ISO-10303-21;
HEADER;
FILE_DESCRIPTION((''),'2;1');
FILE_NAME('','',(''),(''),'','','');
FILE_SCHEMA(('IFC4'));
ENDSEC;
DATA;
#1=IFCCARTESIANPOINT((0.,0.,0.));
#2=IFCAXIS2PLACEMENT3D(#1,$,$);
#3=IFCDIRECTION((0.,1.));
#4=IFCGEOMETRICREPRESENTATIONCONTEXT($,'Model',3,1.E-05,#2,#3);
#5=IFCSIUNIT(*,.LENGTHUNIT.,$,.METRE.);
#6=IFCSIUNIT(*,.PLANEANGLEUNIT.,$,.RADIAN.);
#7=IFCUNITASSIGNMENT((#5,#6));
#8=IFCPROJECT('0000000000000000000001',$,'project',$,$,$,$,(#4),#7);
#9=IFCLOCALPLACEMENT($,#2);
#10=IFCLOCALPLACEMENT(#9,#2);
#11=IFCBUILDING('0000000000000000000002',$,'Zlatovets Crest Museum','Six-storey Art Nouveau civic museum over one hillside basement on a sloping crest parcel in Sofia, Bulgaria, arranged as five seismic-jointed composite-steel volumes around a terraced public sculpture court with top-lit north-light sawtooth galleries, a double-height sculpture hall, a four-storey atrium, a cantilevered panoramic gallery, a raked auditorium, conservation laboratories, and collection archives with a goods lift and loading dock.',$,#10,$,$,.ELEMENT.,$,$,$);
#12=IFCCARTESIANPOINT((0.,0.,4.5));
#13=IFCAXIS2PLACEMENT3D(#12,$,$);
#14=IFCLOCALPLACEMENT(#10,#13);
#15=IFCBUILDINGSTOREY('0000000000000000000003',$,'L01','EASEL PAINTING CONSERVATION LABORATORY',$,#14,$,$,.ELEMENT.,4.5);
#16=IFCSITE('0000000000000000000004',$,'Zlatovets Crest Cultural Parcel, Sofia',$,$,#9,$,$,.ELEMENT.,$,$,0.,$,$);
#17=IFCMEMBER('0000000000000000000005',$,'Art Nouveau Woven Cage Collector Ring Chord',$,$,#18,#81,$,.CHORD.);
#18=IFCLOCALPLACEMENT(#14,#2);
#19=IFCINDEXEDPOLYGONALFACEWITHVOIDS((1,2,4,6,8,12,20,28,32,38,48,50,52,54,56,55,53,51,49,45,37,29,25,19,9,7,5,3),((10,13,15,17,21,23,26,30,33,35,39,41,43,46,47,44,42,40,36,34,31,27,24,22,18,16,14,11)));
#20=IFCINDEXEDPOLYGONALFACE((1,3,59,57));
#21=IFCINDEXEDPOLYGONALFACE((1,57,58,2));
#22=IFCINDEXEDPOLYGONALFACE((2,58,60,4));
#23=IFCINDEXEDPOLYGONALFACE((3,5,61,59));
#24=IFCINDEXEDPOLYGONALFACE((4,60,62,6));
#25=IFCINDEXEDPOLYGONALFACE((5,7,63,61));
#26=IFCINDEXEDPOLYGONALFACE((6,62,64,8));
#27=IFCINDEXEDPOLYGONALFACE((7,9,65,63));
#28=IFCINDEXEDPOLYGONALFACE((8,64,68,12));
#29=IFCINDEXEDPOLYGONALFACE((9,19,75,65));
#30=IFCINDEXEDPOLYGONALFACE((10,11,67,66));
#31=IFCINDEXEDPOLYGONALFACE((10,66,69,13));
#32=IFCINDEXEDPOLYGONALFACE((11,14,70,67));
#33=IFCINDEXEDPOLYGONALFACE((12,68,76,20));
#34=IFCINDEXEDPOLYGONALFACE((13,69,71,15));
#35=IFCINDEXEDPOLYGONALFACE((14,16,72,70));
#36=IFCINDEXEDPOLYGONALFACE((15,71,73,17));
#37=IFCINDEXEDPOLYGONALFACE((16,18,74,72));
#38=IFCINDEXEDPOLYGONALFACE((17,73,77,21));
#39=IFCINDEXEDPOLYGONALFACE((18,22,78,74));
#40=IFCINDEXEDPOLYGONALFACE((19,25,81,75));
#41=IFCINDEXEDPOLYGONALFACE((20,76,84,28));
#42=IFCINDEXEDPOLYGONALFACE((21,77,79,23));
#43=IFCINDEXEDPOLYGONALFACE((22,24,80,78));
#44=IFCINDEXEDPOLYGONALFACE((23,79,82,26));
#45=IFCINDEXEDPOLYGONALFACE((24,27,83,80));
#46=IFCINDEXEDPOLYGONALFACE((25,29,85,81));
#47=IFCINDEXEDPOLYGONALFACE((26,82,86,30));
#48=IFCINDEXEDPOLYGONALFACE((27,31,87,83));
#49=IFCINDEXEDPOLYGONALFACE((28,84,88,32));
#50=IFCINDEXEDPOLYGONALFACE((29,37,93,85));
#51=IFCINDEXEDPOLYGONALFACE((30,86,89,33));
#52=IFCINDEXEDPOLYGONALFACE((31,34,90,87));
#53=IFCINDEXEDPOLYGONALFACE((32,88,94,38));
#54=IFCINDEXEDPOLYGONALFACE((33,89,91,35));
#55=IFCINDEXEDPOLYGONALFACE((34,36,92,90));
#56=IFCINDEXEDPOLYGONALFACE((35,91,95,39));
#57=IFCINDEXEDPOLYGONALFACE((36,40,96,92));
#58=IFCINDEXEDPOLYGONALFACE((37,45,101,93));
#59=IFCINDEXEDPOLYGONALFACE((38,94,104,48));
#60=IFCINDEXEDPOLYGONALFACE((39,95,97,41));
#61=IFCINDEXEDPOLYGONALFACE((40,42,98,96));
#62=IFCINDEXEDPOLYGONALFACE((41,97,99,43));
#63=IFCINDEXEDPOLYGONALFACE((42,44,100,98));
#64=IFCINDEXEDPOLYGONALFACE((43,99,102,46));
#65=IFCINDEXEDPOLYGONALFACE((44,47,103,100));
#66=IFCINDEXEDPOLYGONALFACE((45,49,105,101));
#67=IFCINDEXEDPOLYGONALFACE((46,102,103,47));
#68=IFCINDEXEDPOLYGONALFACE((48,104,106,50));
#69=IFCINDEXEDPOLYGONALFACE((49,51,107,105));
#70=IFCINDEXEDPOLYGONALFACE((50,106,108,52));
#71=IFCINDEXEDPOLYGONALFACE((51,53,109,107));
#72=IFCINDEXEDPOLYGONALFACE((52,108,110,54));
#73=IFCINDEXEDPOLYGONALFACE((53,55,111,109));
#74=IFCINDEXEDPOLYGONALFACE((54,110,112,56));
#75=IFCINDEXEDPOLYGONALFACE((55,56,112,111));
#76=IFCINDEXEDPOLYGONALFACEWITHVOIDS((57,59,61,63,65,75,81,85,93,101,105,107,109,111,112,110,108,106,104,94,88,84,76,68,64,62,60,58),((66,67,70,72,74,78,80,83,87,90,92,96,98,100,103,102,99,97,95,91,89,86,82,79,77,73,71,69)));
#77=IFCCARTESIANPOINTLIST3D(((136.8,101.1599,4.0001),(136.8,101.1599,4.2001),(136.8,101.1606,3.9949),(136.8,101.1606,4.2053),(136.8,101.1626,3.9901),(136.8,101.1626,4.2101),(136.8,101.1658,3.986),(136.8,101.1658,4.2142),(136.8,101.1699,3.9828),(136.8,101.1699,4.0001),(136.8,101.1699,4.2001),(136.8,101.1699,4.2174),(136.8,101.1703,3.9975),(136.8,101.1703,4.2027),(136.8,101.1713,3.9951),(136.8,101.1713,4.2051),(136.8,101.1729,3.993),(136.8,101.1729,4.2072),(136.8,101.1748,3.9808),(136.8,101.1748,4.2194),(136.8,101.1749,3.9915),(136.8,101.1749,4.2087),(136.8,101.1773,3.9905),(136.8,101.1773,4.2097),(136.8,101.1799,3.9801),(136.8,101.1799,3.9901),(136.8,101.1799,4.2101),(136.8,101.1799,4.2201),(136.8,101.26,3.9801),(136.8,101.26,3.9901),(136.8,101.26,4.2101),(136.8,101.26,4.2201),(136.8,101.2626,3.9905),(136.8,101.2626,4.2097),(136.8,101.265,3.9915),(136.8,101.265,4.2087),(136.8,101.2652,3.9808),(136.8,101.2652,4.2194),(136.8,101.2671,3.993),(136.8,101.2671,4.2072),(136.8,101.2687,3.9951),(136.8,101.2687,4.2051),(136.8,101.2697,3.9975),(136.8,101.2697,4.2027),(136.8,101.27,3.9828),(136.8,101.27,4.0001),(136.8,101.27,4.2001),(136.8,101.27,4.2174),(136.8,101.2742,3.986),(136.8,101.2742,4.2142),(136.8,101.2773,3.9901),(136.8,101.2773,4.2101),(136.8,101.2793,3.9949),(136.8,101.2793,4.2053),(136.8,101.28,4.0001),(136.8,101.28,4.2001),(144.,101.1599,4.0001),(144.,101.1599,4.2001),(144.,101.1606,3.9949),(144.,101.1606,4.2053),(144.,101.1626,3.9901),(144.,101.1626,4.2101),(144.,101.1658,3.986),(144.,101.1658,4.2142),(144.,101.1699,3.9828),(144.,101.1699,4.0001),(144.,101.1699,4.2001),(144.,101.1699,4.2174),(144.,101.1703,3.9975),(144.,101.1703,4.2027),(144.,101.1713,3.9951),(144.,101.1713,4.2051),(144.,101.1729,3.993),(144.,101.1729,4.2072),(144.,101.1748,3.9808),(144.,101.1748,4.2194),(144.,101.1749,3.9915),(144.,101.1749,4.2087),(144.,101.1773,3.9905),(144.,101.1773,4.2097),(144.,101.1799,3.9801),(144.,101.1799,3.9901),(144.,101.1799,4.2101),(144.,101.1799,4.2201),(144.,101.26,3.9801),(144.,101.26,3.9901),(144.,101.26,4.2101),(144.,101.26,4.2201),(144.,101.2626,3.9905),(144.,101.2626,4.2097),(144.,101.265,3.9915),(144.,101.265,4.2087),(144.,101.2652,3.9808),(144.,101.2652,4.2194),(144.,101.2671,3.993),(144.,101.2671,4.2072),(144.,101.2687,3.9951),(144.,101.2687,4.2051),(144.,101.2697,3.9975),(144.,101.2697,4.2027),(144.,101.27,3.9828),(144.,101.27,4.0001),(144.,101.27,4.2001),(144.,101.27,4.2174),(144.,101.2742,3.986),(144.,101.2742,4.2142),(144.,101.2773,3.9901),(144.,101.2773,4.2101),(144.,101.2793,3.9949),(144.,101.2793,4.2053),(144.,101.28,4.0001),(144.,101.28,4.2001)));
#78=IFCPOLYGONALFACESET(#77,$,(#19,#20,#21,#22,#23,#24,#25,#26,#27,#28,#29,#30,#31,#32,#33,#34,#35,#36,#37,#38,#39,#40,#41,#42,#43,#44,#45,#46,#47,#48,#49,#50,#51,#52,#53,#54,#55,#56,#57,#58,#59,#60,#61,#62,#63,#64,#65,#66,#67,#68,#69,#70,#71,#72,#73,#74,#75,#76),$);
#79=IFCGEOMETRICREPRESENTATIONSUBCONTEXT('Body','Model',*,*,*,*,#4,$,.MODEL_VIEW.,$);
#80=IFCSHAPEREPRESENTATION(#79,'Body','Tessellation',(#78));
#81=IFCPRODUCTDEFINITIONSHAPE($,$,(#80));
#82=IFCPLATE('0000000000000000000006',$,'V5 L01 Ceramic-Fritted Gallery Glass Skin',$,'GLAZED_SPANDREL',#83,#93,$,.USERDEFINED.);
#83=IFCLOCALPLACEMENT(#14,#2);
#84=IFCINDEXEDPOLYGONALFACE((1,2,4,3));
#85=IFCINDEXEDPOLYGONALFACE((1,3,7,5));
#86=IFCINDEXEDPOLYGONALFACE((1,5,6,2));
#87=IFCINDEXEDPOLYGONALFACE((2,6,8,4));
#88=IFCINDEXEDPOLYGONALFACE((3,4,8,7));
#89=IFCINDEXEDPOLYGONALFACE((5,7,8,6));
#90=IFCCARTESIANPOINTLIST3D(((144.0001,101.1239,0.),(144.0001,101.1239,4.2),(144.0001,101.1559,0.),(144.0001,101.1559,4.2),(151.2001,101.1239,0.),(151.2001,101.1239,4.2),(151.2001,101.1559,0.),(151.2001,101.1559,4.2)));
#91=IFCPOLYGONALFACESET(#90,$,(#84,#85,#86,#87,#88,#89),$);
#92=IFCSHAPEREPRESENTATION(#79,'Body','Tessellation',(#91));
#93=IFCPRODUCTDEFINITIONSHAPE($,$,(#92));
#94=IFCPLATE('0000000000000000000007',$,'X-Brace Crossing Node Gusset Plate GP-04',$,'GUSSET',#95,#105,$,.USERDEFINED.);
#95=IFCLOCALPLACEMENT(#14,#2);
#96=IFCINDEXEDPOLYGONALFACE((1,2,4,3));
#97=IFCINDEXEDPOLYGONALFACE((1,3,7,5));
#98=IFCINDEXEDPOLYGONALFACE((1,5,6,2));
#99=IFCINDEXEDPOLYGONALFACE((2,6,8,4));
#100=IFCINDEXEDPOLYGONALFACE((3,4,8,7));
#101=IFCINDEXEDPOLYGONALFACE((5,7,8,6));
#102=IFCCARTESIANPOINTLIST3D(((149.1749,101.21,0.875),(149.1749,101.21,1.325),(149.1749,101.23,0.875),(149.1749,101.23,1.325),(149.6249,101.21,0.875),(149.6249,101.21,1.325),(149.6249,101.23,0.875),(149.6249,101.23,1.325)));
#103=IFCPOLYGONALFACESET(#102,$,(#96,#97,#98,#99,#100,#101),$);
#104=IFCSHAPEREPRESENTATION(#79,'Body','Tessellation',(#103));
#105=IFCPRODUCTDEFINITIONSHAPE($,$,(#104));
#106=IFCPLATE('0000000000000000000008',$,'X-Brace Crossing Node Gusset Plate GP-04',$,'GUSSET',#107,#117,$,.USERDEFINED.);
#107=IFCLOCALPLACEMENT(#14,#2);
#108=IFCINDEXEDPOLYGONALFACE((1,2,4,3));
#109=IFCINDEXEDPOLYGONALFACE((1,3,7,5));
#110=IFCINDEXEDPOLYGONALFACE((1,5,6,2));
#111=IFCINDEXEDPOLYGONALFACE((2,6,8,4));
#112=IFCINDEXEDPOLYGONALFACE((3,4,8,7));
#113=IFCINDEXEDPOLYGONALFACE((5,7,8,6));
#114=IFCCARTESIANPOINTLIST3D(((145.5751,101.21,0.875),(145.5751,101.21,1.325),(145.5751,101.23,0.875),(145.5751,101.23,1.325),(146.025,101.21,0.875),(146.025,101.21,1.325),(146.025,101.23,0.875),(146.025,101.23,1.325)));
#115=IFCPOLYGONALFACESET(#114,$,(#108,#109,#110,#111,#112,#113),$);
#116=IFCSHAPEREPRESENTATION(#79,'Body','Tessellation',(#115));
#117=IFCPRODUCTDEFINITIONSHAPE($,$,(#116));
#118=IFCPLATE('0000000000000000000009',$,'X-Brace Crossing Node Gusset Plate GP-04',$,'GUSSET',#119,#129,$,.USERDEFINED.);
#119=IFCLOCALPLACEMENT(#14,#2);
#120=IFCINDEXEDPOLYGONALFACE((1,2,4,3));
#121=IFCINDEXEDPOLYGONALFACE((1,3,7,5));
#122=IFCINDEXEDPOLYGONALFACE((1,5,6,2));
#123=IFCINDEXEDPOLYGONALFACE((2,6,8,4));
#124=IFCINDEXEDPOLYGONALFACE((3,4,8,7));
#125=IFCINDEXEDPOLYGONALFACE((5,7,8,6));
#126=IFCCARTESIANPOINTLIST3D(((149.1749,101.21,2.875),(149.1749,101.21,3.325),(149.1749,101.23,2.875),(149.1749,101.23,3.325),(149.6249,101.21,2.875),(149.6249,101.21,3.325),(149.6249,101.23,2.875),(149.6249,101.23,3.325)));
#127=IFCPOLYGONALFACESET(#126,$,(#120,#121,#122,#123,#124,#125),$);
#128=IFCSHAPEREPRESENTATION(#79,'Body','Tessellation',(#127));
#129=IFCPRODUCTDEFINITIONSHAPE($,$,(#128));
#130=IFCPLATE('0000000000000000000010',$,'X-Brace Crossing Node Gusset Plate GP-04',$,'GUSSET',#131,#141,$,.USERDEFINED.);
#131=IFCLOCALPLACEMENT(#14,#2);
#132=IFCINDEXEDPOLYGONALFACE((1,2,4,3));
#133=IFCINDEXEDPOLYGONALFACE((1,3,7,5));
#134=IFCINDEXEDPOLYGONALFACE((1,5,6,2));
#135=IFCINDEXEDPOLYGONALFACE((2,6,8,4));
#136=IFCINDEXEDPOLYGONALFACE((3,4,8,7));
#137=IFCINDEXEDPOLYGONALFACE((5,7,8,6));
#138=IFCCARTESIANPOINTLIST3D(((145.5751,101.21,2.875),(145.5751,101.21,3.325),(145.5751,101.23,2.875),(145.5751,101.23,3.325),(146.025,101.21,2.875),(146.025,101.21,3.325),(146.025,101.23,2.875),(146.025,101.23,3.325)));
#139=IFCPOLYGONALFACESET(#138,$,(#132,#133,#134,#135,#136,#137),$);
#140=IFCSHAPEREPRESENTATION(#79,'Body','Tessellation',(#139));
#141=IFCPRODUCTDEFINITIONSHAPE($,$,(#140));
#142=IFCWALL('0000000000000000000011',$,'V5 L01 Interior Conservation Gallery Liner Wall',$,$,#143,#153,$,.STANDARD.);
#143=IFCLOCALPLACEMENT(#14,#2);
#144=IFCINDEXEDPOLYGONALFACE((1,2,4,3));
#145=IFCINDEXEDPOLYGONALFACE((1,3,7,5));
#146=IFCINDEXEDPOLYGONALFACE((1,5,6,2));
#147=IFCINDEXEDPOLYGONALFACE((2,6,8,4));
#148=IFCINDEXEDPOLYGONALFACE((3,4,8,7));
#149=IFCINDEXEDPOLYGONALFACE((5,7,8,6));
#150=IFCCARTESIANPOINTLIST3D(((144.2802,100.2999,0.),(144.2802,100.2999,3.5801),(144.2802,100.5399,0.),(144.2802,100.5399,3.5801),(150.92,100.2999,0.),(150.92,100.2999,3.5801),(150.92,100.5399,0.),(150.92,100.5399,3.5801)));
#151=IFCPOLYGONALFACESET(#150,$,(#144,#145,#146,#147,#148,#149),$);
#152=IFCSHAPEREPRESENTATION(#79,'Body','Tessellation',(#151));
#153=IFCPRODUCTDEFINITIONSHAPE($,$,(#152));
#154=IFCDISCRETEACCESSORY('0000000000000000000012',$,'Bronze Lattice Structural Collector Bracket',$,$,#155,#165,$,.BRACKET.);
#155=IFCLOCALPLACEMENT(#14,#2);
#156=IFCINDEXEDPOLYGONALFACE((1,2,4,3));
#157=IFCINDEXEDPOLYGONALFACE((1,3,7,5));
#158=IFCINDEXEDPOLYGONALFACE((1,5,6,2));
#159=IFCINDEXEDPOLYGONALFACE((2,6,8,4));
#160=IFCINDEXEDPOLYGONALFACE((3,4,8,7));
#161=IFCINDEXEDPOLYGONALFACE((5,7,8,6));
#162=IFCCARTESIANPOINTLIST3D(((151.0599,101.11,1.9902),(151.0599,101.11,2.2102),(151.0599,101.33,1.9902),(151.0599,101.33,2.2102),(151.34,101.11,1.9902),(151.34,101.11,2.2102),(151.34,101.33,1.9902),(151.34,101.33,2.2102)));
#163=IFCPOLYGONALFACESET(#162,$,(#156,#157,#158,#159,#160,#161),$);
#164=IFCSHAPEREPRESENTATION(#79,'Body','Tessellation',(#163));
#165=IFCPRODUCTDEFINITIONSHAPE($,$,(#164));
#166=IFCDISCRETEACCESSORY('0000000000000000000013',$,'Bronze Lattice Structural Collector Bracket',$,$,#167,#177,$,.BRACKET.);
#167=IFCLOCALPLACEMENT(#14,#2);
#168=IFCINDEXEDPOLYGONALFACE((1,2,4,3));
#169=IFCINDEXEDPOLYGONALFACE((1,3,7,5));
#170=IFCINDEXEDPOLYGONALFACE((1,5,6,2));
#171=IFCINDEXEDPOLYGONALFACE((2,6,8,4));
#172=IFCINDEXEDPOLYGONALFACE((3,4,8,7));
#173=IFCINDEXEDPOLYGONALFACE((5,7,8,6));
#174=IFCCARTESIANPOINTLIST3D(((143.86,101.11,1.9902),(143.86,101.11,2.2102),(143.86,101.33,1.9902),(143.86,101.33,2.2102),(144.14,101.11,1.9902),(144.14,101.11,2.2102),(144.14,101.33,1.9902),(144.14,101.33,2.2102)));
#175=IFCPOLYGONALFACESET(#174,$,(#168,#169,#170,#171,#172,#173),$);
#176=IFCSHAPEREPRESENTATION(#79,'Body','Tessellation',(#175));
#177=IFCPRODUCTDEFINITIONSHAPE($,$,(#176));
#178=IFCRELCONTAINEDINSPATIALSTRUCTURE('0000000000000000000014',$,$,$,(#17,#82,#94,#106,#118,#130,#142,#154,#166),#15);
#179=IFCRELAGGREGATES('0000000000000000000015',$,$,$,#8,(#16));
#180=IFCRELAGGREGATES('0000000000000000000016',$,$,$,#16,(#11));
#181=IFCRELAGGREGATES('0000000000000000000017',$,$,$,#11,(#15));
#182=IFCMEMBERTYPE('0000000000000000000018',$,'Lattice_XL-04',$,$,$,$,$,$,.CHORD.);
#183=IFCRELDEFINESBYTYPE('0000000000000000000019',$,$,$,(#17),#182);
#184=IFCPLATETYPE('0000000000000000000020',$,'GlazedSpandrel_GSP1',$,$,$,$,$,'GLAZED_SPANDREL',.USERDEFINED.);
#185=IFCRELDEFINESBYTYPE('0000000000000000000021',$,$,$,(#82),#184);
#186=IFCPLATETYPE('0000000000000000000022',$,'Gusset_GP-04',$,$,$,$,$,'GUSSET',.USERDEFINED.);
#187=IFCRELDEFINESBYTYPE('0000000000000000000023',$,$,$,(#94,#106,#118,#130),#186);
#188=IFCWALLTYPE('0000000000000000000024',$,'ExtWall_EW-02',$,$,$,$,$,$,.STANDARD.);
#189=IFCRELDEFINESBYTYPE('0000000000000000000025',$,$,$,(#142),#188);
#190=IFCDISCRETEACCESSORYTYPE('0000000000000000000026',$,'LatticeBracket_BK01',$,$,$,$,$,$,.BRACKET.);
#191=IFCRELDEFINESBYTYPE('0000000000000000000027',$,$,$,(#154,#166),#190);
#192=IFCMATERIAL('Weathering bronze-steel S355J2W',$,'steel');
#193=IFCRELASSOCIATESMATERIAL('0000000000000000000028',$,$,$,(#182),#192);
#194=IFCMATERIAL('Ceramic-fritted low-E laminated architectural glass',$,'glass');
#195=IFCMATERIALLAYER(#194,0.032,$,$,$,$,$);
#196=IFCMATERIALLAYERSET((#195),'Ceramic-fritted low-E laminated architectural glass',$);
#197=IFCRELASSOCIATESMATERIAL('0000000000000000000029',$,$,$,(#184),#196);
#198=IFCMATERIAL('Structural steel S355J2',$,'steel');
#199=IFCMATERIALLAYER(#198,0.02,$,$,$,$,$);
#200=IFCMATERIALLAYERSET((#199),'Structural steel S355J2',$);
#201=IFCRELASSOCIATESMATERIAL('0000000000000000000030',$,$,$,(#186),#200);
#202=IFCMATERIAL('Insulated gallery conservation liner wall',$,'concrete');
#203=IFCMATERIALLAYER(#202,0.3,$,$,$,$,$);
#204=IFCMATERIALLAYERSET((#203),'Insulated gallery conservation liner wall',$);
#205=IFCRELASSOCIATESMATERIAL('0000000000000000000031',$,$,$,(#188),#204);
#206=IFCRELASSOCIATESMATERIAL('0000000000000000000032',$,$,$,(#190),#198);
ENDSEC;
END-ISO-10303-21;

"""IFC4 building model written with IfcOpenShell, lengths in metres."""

from ifc_helpers import new_model, si_unit, direction, frame, frame_2d, origin, origin_2d, place, context, subcontext, project, spatial, rectangle, hollow_rectangle, extrude, material, layer, layer_set, material_profile, profile_set, type_object, element, save


model = new_model("IFC4")

# Units and contexts
model_context = context("Model", 3, precision=1e-05, world=origin(), true_north=direction((0.0, 1.0)))
body_context = subcontext(model_context, "Body", "Model", "MODEL_VIEW")
ifc_project = project(units=[si_unit("LENGTHUNIT", "METRE"), si_unit("PLANEANGLEUNIT", "RADIAN")], contexts=[model_context])

# Site, building, storey
site_placement = place(None, origin())
site = spatial("IfcSite", under=ifc_project, at=site_placement, Name="Zlatovets Crest Cultural Parcel, Sofia", CompositionType="ELEMENT", RefElevation=0.0)
building_placement = place(site_placement, origin())
building = spatial("IfcBuilding", under=site, at=building_placement, Name="Zlatovets Crest Museum", Description="Six-storey Art Nouveau civic museum over one hillside basement on a sloping crest parcel in Sofia, Bulgaria, arranged as five seismic-jointed composite-steel volumes around a terraced public sculpture court with top-lit north-light sawtooth galleries, a double-height sculpture hall, a four-storey atrium, a cantilevered panoramic gallery, a raked auditorium, conservation laboratories, and collection archives with a goods lift and loading dock.", CompositionType="ELEMENT")
storey_placement = place(building_placement, frame((0.0, 0.0, 4.5)))
storey = spatial("IfcBuildingStorey", under=building, at=storey_placement, Name="L01", Description="EASEL PAINTING CONSERVATION LABORATORY", CompositionType="ELEMENT", Elevation=4.5)

# Shared definitions
ifc_material_1 = material(Name="Structural steel S355J2", Category="steel")

# Member
ifc_material_2 = material(Name="Weathering bronze-steel S355J2W", Category="steel")
ifc_material_profile_1 = material_profile(ifc_material_2, hollow_rectangle(XDim=0.1201, YDim=0.24, WallThickness=0.01, InnerFilletRadius=0.01, OuterFilletRadius=0.02, at=origin_2d()), Name="RHS 120x240x10.0")
ifc_profile_set_1 = profile_set([ifc_material_profile_1], Name="Weathering bronze-steel S355J2W")
member_type_1 = type_object("IfcMemberType", Name="Lattice_XL-04", PredefinedType="CHORD", material=ifc_profile_set_1)
for number, where, z_axis, x_axis, name in (
    (1, (144.0, 101.22, 4.1001), (-1.0, 0.0, 0.0), (0.0, -1.0, 0.0), "Art Nouveau Woven Cage Collector Ring Chord"),
):
    element("IfcMember", number, at=place(storey_placement, frame(where, z_axis=z_axis, x_axis=x_axis)), inside=storey, type_object=member_type_1, Name=name, PredefinedType="CHORD", context=body_context, shape_type="SweptSolid", body=[
        extrude(hollow_rectangle(XDim=0.1201, YDim=0.24, WallThickness=0.01, InnerFilletRadius=0.01, OuterFilletRadius=0.02, at=origin_2d()), origin(), (0.0, 0.0, 1.0), 7.2),
    ])

# Plates
ifc_material_3 = material(Name="Ceramic-fritted low-E laminated architectural glass", Category="glass")
ifc_layer_1 = layer(ifc_material_3, 0.032)
ifc_layer_set_1 = layer_set([ifc_layer_1], Name="Ceramic-fritted low-E laminated architectural glass")
plate_type_1 = type_object("IfcPlateType", Name="GlazedSpandrel_GSP1", ElementType="GLAZED_SPANDREL", PredefinedType="USERDEFINED", material=ifc_layer_set_1)
plate_placement = place(storey_placement, frame((147.6001, 101.1399, 0.0), z_axis=(0.0, 0.0, 1.0), x_axis=(1.0, 0.0, 0.0)))
element("IfcPlate", 2, at=plate_placement, inside=storey, type_object=plate_type_1, Name="V5 L01 Ceramic-Fritted Gallery Glass Skin", ObjectType="GLAZED_SPANDREL", PredefinedType="USERDEFINED", context=body_context, shape_type="SweptSolid", body=[
    extrude(rectangle(XDim=7.2, YDim=0.032, at=origin_2d()), origin(), (0.0, 0.0, 1.0), 4.2),
])
ifc_layer_2 = layer(ifc_material_1, 0.02)
ifc_layer_set_2 = layer_set([ifc_layer_2], Name="Structural steel S355J2")
plate_type_2 = type_object("IfcPlateType", Name="Gusset_GP-04", ElementType="GUSSET", PredefinedType="USERDEFINED", material=ifc_layer_set_2)
for number, where, z_axis, x_axis, name in (
    (3, (149.3999, 101.22, 0.875), (0.0, 0.0, 1.0), (1.0, 0.0, 0.0), "X-Brace Crossing Node Gusset Plate GP-04"),
    (4, (145.8, 101.22, 0.875), (0.0, 0.0, 1.0), (1.0, 0.0, 0.0), "X-Brace Crossing Node Gusset Plate GP-04"),
    (5, (149.3999, 101.22, 2.875), (0.0, 0.0, 1.0), (1.0, 0.0, 0.0), "X-Brace Crossing Node Gusset Plate GP-04"),
    (6, (145.8, 101.22, 2.875), (0.0, 0.0, 1.0), (1.0, 0.0, 0.0), "X-Brace Crossing Node Gusset Plate GP-04"),
):
    element("IfcPlate", number, at=place(storey_placement, frame(where, z_axis=z_axis, x_axis=x_axis)), inside=storey, type_object=plate_type_2, Name=name, ObjectType="GUSSET", PredefinedType="USERDEFINED", context=body_context, shape_type="SweptSolid", body=[
        extrude(rectangle(XDim=0.45, YDim=0.02, at=origin_2d()), origin(), (0.0, 0.0, 1.0), 0.45),
    ])

# Wall
ifc_material_4 = material(Name="Insulated gallery conservation liner wall", Category="concrete")
ifc_layer_3 = layer(ifc_material_4, 0.3)
ifc_layer_set_3 = layer_set([ifc_layer_3], Name="Insulated gallery conservation liner wall")
wall_type = type_object("IfcWallType", Name="ExtWall_EW-02", PredefinedType="STANDARD", material=ifc_layer_set_3)
wall_placement = place(storey_placement, frame((150.9199, 100.4199, 0.0), z_axis=(0.0, 0.0, 1.0), x_axis=(-1.0, 0.0, 0.0)))
element("IfcWall", 7, at=wall_placement, inside=storey, type_object=wall_type, Name="V5 L01 Interior Conservation Gallery Liner Wall", PredefinedType="STANDARD", context=body_context, shape_type="SweptSolid", body=[
    extrude(rectangle(XDim=6.6399, YDim=0.24, at=frame_2d((3.3198, 0.0))), origin(), (0.0, 0.0, 1.0), 3.5801),
])

# Discrete accessories
discrete_accessory_type = type_object("IfcDiscreteAccessoryType", Name="LatticeBracket_BK01", PredefinedType="BRACKET", material=ifc_material_1)
for number, where, z_axis, x_axis, name in (
    (8, (151.2, 101.22, 1.9902), (0.0, 0.0, 1.0), (1.0, 0.0, 0.0), "Bronze Lattice Structural Collector Bracket"),
    (9, (144.0, 101.22, 1.9902), (0.0, 0.0, 1.0), (1.0, 0.0, 0.0), "Bronze Lattice Structural Collector Bracket"),
):
    element("IfcDiscreteAccessory", number, at=place(storey_placement, frame(where, z_axis=z_axis, x_axis=x_axis)), inside=storey, type_object=discrete_accessory_type, Name=name, PredefinedType="BRACKET", context=body_context, shape_type="SweptSolid", body=[
        extrude(rectangle(XDim=0.28, YDim=0.22, at=origin_2d()), origin(), (0.0, 0.0, 1.0), 0.22),
    ])

save(model, "model.ifc")
